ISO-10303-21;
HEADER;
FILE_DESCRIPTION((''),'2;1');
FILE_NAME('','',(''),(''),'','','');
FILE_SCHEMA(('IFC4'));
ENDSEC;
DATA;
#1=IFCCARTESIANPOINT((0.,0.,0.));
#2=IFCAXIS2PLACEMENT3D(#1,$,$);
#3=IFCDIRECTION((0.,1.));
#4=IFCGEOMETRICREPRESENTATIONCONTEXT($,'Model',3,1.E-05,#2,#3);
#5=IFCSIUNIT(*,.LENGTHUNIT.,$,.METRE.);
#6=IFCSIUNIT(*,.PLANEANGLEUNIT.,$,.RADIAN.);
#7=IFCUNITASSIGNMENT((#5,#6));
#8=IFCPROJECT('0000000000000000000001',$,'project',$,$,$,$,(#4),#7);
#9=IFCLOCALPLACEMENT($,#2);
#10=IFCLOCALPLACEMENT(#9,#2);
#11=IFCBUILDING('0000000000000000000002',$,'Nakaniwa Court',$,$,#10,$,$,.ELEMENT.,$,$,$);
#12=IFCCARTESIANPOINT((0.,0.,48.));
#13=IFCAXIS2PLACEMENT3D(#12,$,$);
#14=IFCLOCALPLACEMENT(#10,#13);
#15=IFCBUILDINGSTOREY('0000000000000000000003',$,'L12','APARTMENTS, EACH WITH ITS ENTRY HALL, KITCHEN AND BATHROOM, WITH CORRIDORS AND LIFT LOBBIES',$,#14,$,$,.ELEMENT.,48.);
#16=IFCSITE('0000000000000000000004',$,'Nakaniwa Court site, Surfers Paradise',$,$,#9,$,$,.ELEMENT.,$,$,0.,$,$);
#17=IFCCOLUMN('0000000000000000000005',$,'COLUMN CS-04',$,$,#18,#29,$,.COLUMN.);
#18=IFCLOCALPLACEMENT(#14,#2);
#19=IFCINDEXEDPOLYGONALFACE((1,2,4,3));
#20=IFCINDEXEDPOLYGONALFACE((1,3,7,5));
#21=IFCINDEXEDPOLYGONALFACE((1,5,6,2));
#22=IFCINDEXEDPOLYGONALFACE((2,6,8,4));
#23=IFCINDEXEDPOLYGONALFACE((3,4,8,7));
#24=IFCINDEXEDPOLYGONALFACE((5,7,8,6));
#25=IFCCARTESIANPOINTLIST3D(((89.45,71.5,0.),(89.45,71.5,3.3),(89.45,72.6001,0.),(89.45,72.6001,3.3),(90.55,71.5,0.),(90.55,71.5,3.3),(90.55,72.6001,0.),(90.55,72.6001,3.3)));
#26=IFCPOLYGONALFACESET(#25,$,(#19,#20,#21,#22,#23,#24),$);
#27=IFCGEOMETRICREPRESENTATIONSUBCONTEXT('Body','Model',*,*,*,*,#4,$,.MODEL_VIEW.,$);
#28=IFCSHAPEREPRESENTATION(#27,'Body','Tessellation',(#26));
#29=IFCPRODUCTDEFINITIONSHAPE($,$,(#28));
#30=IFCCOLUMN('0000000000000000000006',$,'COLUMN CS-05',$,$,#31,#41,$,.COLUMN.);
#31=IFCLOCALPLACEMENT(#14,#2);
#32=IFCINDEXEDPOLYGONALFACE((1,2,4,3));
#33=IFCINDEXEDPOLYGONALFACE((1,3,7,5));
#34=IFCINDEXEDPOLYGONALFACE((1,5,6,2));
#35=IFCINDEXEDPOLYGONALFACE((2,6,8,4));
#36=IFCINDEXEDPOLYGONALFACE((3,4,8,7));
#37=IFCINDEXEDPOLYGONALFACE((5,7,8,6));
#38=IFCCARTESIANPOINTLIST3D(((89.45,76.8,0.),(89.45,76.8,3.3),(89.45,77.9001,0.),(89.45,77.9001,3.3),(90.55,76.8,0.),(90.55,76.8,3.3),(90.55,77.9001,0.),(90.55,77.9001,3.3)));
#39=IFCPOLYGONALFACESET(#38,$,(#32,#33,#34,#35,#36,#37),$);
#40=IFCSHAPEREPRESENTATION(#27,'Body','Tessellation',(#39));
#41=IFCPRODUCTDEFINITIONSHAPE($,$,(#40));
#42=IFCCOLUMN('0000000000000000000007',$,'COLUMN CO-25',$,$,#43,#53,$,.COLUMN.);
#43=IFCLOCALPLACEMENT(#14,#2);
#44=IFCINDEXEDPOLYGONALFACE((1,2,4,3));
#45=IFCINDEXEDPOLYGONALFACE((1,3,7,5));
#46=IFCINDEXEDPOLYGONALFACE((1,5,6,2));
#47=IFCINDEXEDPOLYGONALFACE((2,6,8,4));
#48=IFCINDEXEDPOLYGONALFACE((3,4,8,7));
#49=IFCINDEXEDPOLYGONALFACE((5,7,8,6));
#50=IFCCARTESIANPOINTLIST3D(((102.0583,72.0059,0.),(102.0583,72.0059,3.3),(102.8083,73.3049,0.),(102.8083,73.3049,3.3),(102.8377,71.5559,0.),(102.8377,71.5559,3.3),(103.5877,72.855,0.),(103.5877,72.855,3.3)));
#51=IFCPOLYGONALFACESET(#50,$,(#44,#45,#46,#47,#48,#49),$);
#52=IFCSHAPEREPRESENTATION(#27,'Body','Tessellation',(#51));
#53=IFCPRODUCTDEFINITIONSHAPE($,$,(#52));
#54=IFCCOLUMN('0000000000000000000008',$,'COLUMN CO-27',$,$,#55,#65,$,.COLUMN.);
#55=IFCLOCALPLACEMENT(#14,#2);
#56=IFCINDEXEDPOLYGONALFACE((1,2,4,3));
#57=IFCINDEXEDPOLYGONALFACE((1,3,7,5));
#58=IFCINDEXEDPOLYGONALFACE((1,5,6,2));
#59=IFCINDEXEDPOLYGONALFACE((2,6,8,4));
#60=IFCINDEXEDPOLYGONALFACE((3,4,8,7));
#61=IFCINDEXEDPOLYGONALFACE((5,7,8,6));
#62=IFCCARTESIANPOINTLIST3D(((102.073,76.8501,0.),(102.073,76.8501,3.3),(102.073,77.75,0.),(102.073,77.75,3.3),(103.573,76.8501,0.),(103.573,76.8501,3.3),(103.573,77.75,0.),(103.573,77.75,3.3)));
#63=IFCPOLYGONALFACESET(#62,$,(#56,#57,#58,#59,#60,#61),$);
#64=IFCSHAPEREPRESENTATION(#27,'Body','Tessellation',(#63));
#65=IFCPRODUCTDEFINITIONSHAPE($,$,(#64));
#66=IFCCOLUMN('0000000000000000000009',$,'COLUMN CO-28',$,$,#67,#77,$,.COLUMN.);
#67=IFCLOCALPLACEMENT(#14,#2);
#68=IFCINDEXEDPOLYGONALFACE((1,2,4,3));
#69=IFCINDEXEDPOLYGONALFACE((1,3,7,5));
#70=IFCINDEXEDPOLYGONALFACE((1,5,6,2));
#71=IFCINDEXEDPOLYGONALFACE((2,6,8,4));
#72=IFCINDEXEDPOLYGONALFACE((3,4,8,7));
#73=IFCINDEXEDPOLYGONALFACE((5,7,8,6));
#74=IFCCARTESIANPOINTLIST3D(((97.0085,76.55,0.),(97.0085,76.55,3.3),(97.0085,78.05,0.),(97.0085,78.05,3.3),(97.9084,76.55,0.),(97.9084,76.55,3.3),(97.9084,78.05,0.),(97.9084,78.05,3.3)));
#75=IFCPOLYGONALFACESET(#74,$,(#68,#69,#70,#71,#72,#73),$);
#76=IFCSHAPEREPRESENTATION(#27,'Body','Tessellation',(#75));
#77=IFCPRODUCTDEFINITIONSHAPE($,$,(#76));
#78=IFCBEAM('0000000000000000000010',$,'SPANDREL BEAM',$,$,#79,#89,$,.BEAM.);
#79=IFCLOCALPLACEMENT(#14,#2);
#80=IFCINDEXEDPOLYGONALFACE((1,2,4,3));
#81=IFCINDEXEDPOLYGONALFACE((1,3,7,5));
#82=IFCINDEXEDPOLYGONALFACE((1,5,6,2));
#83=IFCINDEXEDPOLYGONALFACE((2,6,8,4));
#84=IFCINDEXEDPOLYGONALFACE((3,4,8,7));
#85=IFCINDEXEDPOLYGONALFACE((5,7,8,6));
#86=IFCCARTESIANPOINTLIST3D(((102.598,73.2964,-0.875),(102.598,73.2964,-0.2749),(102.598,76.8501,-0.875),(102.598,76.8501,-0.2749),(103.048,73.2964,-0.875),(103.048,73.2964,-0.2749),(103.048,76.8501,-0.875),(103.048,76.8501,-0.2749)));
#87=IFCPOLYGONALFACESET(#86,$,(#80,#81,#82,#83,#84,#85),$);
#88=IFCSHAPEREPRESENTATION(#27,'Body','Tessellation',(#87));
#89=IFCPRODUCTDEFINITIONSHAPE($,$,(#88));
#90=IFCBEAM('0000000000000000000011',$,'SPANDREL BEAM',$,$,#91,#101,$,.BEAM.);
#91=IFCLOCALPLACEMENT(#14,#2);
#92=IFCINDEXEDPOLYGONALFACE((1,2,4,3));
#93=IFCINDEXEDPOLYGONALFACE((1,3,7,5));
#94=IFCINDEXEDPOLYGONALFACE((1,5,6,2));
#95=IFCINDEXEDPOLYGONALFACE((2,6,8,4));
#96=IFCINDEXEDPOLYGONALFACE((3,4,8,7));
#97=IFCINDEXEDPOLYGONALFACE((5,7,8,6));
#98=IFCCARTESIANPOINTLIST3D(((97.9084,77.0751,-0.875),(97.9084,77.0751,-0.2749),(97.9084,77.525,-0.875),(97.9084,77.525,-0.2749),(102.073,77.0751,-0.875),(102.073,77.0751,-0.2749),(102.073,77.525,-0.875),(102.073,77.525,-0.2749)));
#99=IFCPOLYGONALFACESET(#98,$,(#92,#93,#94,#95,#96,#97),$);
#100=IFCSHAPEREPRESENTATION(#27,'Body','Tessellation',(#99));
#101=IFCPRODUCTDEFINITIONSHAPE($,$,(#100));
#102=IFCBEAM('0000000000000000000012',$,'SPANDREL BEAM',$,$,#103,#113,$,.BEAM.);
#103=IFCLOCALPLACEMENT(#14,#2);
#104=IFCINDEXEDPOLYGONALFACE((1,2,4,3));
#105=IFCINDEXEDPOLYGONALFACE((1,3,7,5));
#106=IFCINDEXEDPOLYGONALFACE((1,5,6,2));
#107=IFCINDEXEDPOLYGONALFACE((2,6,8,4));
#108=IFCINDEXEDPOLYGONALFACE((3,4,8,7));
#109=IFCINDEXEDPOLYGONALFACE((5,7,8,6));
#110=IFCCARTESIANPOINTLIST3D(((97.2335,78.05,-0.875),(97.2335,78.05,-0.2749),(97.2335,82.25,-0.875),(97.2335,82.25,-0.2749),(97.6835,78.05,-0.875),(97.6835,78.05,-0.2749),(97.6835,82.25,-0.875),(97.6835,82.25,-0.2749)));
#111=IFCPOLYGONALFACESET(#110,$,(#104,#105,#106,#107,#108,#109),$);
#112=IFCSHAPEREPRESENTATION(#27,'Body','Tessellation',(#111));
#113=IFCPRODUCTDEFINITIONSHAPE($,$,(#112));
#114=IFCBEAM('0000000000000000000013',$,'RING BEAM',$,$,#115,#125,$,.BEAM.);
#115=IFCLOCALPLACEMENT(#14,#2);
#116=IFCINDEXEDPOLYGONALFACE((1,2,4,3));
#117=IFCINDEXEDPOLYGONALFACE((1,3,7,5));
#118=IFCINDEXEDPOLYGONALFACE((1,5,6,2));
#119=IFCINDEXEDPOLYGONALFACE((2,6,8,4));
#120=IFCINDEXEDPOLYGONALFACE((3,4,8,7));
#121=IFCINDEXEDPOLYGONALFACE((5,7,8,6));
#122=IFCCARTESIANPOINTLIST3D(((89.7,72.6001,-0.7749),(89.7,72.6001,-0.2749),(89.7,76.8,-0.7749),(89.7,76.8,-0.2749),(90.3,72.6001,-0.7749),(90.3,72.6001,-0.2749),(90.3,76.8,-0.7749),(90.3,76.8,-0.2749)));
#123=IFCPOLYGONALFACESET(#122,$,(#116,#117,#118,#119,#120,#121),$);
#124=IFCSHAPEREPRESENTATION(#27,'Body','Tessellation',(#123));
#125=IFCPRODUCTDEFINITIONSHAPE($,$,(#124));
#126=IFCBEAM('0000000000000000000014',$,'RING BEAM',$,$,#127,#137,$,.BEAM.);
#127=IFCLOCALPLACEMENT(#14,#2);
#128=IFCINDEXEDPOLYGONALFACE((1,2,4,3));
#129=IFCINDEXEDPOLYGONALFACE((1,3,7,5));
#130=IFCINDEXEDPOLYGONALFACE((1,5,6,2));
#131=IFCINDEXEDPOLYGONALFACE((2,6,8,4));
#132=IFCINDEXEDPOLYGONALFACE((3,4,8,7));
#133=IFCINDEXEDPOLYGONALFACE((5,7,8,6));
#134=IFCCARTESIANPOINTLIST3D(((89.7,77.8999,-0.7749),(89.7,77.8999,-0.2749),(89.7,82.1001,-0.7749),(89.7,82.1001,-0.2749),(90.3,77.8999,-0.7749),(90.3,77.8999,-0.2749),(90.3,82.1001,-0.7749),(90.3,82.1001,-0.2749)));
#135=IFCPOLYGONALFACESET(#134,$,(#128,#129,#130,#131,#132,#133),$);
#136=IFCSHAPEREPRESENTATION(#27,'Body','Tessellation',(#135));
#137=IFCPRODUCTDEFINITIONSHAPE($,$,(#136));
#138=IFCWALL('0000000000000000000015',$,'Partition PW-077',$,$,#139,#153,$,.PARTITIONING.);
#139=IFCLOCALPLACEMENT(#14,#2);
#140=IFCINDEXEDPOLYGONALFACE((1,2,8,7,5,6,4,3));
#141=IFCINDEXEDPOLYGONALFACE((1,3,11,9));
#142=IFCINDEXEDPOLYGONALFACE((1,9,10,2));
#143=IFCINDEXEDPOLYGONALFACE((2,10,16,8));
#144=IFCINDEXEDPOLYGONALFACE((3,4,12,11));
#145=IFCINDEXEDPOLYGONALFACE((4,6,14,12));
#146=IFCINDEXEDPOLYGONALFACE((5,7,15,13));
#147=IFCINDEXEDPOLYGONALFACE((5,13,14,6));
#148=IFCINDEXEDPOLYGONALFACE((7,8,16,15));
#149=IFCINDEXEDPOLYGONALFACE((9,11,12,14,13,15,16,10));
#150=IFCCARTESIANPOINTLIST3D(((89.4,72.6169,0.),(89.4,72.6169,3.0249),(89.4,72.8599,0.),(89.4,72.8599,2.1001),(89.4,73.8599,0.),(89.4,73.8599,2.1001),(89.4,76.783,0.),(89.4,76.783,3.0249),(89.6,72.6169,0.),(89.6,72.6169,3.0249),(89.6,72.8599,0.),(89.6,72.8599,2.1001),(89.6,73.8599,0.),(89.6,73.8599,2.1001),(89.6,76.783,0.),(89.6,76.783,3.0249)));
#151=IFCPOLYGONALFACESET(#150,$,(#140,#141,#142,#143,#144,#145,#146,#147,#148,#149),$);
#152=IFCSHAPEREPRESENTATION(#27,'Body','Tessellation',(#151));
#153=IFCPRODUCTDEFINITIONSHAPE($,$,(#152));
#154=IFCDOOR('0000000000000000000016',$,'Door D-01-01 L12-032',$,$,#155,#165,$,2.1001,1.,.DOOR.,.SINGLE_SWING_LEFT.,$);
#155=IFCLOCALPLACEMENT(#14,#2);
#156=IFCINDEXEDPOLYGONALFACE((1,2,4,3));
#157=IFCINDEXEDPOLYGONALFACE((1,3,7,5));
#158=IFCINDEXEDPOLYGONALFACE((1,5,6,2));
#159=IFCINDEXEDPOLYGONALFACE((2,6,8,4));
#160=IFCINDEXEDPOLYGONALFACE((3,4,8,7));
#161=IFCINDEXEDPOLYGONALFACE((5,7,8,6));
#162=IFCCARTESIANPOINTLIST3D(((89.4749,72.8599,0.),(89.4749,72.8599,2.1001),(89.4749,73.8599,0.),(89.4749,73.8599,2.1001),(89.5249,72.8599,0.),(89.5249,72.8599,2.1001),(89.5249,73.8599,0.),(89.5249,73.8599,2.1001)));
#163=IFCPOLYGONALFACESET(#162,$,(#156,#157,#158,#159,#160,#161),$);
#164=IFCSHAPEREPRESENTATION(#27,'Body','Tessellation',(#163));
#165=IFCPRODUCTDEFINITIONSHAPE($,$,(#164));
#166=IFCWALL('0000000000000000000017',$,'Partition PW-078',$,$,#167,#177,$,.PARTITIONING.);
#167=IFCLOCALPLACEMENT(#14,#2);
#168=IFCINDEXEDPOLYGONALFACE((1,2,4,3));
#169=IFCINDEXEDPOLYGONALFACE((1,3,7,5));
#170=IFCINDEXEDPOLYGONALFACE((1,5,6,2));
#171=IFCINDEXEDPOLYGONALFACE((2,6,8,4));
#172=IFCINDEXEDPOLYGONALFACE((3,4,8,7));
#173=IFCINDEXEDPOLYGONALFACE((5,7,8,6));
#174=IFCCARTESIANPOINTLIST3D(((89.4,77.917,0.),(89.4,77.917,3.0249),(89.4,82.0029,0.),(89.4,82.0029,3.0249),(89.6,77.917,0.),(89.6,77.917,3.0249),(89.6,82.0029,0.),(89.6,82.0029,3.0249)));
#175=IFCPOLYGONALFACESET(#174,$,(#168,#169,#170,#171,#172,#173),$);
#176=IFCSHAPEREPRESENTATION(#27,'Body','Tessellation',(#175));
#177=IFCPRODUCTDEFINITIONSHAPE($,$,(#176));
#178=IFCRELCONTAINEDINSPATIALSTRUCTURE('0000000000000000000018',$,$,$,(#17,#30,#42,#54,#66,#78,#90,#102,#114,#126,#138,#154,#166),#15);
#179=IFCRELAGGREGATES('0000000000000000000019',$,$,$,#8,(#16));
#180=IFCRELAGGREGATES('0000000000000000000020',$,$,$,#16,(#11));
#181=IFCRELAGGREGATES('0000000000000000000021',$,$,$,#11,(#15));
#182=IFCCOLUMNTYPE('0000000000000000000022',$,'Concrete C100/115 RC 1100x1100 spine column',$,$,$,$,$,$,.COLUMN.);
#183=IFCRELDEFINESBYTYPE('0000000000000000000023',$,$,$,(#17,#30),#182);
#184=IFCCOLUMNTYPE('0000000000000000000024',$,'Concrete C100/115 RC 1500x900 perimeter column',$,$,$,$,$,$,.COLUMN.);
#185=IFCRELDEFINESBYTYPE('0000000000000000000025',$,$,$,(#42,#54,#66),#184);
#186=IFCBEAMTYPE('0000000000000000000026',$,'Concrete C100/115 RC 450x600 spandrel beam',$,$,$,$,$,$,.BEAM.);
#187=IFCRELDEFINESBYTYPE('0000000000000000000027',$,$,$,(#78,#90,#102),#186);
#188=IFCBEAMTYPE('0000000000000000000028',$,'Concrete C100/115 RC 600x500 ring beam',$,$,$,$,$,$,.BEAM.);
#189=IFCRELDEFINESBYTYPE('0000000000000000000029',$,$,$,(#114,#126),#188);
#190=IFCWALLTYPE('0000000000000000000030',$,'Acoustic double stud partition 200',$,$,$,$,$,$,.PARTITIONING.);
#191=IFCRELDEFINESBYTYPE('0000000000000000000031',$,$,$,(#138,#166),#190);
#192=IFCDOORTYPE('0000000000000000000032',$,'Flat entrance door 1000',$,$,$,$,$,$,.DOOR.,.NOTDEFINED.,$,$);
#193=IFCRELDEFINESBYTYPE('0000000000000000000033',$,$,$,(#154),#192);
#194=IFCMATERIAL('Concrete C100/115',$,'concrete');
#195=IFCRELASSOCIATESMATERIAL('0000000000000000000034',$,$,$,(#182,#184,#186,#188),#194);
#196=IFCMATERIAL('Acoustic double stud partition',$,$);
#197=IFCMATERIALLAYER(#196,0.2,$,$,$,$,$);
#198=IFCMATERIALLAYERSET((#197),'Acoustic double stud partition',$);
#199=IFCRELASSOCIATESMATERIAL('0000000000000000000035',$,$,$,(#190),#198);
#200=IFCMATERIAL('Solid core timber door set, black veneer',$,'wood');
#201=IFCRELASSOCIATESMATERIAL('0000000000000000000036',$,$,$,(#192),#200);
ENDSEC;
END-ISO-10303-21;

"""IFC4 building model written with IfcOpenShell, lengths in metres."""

from ifc_helpers import new_model, si_unit, direction, frame, frame_2d, origin, origin_2d, place, context, subcontext, project, spatial, rectangle, extrude, material, layer, layer_set, material_profile, profile_set, type_object, element, fill, save


model = new_model("IFC4")

# Units and contexts
model_context = context("Model", 3, precision=1e-05, world=origin(), true_north=direction((0.0, 1.0)))
body_context = subcontext(model_context, "Body", "Model", "MODEL_VIEW")
ifc_project = project(units=[si_unit("LENGTHUNIT", "METRE"), si_unit("PLANEANGLEUNIT", "RADIAN")], contexts=[model_context])

# Site, building, storey
site_placement = place(None, origin())
site = spatial("IfcSite", under=ifc_project, at=site_placement, Name="Nakaniwa Court site, Surfers Paradise", CompositionType="ELEMENT", RefElevation=0.0)
building_placement = place(site_placement, origin())
building = spatial("IfcBuilding", under=site, at=building_placement, Name="Nakaniwa Court", CompositionType="ELEMENT")
storey_placement = place(building_placement, frame((0.0, 0.0, 48.0)))
storey = spatial("IfcBuildingStorey", under=building, at=storey_placement, Name="L12", Description="APARTMENTS, EACH WITH ITS ENTRY HALL, KITCHEN AND BATHROOM, WITH CORRIDORS AND LIFT LOBBIES", CompositionType="ELEMENT", Elevation=48.0)

# Columns
ifc_material_1 = material(Name="Concrete C100/115", Category="concrete")
ifc_material_profile_1 = material_profile(ifc_material_1, rectangle(XDim=1.1001, YDim=1.1001, at=origin_2d()), Name="Concrete C100/115 RC 1100x1100 spine column")
ifc_profile_set_1 = profile_set([ifc_material_profile_1], Name="Concrete C100/115")
column_type_1 = type_object("IfcColumnType", Name="Concrete C100/115 RC 1100x1100 spine column", PredefinedType="COLUMN", material=ifc_profile_set_1)
for number, where, z_axis, x_axis, name in (
    (1, (90.0, 72.05, 0.0), (0.0, 0.0, 1.0), (0.0, 1.0, 0.0), "COLUMN CS-04"),
    (2, (90.0, 77.3501, 0.0), (0.0, 0.0, 1.0), (0.0, 1.0, 0.0), "COLUMN CS-05"),
):
    element("IfcColumn", number, at=place(storey_placement, frame(where, z_axis=z_axis, x_axis=x_axis)), inside=storey, type_object=column_type_1, Name=name, PredefinedType="COLUMN", context=body_context, shape_type="SweptSolid", body=[
        extrude(rectangle(XDim=1.1001, YDim=1.1001, at=origin_2d()), origin(), (0.0, 0.0, 1.0), 3.3),
    ])
ifc_material_profile_2 = material_profile(ifc_material_1, rectangle(XDim=1.5, YDim=0.8999, at=origin_2d()), Name="Concrete C100/115 RC 1500x900 perimeter column")
ifc_profile_set_2 = profile_set([ifc_material_profile_2], Name="Concrete C100/115")
column_type_2 = type_object("IfcColumnType", Name="Concrete C100/115 RC 1500x900 perimeter column", PredefinedType="COLUMN", material=ifc_profile_set_2)
for number, where, z_axis, x_axis, name in (
    (3, (102.823, 72.4304, 0.0), (0.0, 0.0, 1.0), (0.5, 0.866025, 0.0), "COLUMN CO-25"),
    (4, (102.823, 77.3, 0.0), (0.0, 0.0, 1.0), (-1.0, 0.0, 0.0), "COLUMN CO-27"),
    (5, (97.4585, 77.3, 0.0), (0.0, 0.0, 1.0), (0.0, 1.0, 0.0), "COLUMN CO-28"),
):
    element("IfcColumn", number, at=place(storey_placement, frame(where, z_axis=z_axis, x_axis=x_axis)), inside=storey, type_object=column_type_2, Name=name, PredefinedType="COLUMN", context=body_context, shape_type="SweptSolid", body=[
        extrude(rectangle(XDim=1.5, YDim=0.8999, at=origin_2d()), origin(), (0.0, 0.0, 1.0), 3.3),
    ])

# Beams
ifc_material_profile_3 = material_profile(ifc_material_1, rectangle(XDim=0.45, YDim=0.6001, at=origin_2d()), Name="Concrete C100/115 RC 450x600 spandrel beam")
ifc_profile_set_3 = profile_set([ifc_material_profile_3], Name="Concrete C100/115")
beam_type_1 = type_object("IfcBeamType", Name="Concrete C100/115 RC 450x600 spandrel beam", PredefinedType="BEAM", material=ifc_profile_set_3)
beam_1_placement = place(storey_placement, frame((102.823, 73.2964, -0.575), z_axis=(0.0, 1.0, 0.0), x_axis=(-1.0, 0.0, 0.0)))
element("IfcBeam", 6, at=beam_1_placement, inside=storey, type_object=beam_type_1, Name="SPANDREL BEAM", PredefinedType="BEAM", context=body_context, shape_type="SweptSolid", body=[
    extrude(rectangle(XDim=0.45, YDim=0.6001, at=origin_2d()), origin(), (0.0, 0.0, 1.0), 3.5537),
])
beam_2_placement = place(storey_placement, frame((102.073, 77.3, -0.575), z_axis=(-1.0, 0.0, 0.0), x_axis=(0.0, -1.0, 0.0)))
element("IfcBeam", 7, at=beam_2_placement, inside=storey, type_object=beam_type_1, Name="SPANDREL BEAM", PredefinedType="BEAM", context=body_context, shape_type="SweptSolid", body=[
    extrude(rectangle(XDim=0.45, YDim=0.6001, at=origin_2d()), origin(), (0.0, 0.0, 1.0), 4.1646),
])
beam_3_placement = place(storey_placement, frame((97.4585, 78.05, -0.575), z_axis=(0.0, 1.0, 0.0), x_axis=(-1.0, 0.0, 0.0)))
element("IfcBeam", 8, at=beam_3_placement, inside=storey, type_object=beam_type_1, Name="SPANDREL BEAM", PredefinedType="BEAM", context=body_context, shape_type="SweptSolid", body=[
    extrude(rectangle(XDim=0.45, YDim=0.6001, at=origin_2d()), origin(), (0.0, 0.0, 1.0), 4.2),
])
ifc_material_profile_4 = material_profile(ifc_material_1, rectangle(XDim=0.6001, YDim=0.5, at=origin_2d()), Name="Concrete C100/115 RC 600x500 ring beam")
ifc_profile_set_4 = profile_set([ifc_material_profile_4], Name="Concrete C100/115")
beam_type_2 = type_object("IfcBeamType", Name="Concrete C100/115 RC 600x500 ring beam", PredefinedType="BEAM", material=ifc_profile_set_4)
beam_4_placement = place(storey_placement, frame((90.0, 72.6001, -0.5249), z_axis=(0.0, 1.0, 0.0), x_axis=(-1.0, 0.0, 0.0)))
element("IfcBeam", 9, at=beam_4_placement, inside=storey, type_object=beam_type_2, Name="RING BEAM", PredefinedType="BEAM", context=body_context, shape_type="SweptSolid", body=[
    extrude(rectangle(XDim=0.6001, YDim=0.5, at=origin_2d()), origin(), (0.0, 0.0, 1.0), 4.2),
])
beam_5_placement = place(storey_placement, frame((90.0, 77.8999, -0.5249), z_axis=(0.0, 1.0, 0.0), x_axis=(-1.0, 0.0, 0.0)))
element("IfcBeam", 10, at=beam_5_placement, inside=storey, type_object=beam_type_2, Name="RING BEAM", PredefinedType="BEAM", context=body_context, shape_type="SweptSolid", body=[
    extrude(rectangle(XDim=0.6001, YDim=0.5, at=origin_2d()), origin(), (0.0, 0.0, 1.0), 4.2002),
])

# Wall, opening, door
ifc_material_2 = material(Name="Acoustic double stud partition")
ifc_layer_1 = layer(ifc_material_2, 0.2)
ifc_layer_set_1 = layer_set([ifc_layer_1], Name="Acoustic double stud partition")
wall_type_1 = type_object("IfcWallType", Name="Acoustic double stud partition 200", PredefinedType="PARTITIONING", material=ifc_layer_set_1)
wall_1_placement = place(storey_placement, frame((89.5, 76.783, 0.0), z_axis=(0.0, 0.0, 1.0), x_axis=(0.0, -1.0, 0.0)))
wall_1 = element("IfcWall", 11, at=wall_1_placement, inside=storey, type_object=wall_type_1, Name="Partition PW-077", PredefinedType="PARTITIONING", context=body_context, shape_type="SweptSolid", body=[
    extrude(rectangle(XDim=4.166, YDim=0.2, at=frame_2d((2.083, 0.0))), origin(), (0.0, 0.0, 1.0), 3.0249),
])
opening_1_placement = place(wall_1_placement, frame((2.9231, 0.0, 0.0)))
opening_1 = element("IfcOpeningElement", 12, at=opening_1_placement, cuts=wall_1, PredefinedType="OPENING", context=body_context, shape_type="SweptSolid", body=[
    extrude(rectangle(XDim=1.0, YDim=2.1001, at=frame_2d((0.5, 1.05))), frame((0.0, 0.1099, 0.0), z_axis=(0.0, -1.0, 0.0), x_axis=(1.0, 0.0, 0.0)), (0.0, 0.0, 1.0), 0.22),
])
ifc_material_3 = material(Name="Solid core timber door set, black veneer", Category="wood")
door_type_1 = type_object("IfcDoorType", Name="Flat entrance door 1000", OperationType="NOTDEFINED", PredefinedType="DOOR", material=ifc_material_3)
door_1_placement = place(opening_1_placement, origin())
door_1 = element("IfcDoor", 13, at=door_1_placement, inside=storey, type_object=door_type_1, Name="Door D-01-01 L12-032", OperationType="SINGLE_SWING_LEFT", OverallHeight=2.1001, OverallWidth=1.0, PredefinedType="DOOR", context=body_context, shape_type="SweptSolid", body=[
    extrude(rectangle(XDim=1.0, YDim=2.1001, at=frame_2d((0.5, 1.05))), frame((0.0, 0.0249, 0.0), z_axis=(0.0, -1.0, 0.0), x_axis=(1.0, 0.0, 0.0)), (0.0, 0.0, 1.0), 0.05),
])
fill(opening_1, door_1)

# Wall
wall_2_placement = place(storey_placement, frame((89.5, 77.917, 0.0), z_axis=(0.0, 0.0, 1.0), x_axis=(0.0, 1.0, 0.0)))
element("IfcWall", 14, at=wall_2_placement, inside=storey, type_object=wall_type_1, Name="Partition PW-078", PredefinedType="PARTITIONING", context=body_context, shape_type="SweptSolid", body=[
    extrude(rectangle(XDim=4.0859, YDim=0.2, at=frame_2d((2.043, 0.0))), origin(), (0.0, 0.0, 1.0), 3.0249),
])

save(model, "model.ifc")
